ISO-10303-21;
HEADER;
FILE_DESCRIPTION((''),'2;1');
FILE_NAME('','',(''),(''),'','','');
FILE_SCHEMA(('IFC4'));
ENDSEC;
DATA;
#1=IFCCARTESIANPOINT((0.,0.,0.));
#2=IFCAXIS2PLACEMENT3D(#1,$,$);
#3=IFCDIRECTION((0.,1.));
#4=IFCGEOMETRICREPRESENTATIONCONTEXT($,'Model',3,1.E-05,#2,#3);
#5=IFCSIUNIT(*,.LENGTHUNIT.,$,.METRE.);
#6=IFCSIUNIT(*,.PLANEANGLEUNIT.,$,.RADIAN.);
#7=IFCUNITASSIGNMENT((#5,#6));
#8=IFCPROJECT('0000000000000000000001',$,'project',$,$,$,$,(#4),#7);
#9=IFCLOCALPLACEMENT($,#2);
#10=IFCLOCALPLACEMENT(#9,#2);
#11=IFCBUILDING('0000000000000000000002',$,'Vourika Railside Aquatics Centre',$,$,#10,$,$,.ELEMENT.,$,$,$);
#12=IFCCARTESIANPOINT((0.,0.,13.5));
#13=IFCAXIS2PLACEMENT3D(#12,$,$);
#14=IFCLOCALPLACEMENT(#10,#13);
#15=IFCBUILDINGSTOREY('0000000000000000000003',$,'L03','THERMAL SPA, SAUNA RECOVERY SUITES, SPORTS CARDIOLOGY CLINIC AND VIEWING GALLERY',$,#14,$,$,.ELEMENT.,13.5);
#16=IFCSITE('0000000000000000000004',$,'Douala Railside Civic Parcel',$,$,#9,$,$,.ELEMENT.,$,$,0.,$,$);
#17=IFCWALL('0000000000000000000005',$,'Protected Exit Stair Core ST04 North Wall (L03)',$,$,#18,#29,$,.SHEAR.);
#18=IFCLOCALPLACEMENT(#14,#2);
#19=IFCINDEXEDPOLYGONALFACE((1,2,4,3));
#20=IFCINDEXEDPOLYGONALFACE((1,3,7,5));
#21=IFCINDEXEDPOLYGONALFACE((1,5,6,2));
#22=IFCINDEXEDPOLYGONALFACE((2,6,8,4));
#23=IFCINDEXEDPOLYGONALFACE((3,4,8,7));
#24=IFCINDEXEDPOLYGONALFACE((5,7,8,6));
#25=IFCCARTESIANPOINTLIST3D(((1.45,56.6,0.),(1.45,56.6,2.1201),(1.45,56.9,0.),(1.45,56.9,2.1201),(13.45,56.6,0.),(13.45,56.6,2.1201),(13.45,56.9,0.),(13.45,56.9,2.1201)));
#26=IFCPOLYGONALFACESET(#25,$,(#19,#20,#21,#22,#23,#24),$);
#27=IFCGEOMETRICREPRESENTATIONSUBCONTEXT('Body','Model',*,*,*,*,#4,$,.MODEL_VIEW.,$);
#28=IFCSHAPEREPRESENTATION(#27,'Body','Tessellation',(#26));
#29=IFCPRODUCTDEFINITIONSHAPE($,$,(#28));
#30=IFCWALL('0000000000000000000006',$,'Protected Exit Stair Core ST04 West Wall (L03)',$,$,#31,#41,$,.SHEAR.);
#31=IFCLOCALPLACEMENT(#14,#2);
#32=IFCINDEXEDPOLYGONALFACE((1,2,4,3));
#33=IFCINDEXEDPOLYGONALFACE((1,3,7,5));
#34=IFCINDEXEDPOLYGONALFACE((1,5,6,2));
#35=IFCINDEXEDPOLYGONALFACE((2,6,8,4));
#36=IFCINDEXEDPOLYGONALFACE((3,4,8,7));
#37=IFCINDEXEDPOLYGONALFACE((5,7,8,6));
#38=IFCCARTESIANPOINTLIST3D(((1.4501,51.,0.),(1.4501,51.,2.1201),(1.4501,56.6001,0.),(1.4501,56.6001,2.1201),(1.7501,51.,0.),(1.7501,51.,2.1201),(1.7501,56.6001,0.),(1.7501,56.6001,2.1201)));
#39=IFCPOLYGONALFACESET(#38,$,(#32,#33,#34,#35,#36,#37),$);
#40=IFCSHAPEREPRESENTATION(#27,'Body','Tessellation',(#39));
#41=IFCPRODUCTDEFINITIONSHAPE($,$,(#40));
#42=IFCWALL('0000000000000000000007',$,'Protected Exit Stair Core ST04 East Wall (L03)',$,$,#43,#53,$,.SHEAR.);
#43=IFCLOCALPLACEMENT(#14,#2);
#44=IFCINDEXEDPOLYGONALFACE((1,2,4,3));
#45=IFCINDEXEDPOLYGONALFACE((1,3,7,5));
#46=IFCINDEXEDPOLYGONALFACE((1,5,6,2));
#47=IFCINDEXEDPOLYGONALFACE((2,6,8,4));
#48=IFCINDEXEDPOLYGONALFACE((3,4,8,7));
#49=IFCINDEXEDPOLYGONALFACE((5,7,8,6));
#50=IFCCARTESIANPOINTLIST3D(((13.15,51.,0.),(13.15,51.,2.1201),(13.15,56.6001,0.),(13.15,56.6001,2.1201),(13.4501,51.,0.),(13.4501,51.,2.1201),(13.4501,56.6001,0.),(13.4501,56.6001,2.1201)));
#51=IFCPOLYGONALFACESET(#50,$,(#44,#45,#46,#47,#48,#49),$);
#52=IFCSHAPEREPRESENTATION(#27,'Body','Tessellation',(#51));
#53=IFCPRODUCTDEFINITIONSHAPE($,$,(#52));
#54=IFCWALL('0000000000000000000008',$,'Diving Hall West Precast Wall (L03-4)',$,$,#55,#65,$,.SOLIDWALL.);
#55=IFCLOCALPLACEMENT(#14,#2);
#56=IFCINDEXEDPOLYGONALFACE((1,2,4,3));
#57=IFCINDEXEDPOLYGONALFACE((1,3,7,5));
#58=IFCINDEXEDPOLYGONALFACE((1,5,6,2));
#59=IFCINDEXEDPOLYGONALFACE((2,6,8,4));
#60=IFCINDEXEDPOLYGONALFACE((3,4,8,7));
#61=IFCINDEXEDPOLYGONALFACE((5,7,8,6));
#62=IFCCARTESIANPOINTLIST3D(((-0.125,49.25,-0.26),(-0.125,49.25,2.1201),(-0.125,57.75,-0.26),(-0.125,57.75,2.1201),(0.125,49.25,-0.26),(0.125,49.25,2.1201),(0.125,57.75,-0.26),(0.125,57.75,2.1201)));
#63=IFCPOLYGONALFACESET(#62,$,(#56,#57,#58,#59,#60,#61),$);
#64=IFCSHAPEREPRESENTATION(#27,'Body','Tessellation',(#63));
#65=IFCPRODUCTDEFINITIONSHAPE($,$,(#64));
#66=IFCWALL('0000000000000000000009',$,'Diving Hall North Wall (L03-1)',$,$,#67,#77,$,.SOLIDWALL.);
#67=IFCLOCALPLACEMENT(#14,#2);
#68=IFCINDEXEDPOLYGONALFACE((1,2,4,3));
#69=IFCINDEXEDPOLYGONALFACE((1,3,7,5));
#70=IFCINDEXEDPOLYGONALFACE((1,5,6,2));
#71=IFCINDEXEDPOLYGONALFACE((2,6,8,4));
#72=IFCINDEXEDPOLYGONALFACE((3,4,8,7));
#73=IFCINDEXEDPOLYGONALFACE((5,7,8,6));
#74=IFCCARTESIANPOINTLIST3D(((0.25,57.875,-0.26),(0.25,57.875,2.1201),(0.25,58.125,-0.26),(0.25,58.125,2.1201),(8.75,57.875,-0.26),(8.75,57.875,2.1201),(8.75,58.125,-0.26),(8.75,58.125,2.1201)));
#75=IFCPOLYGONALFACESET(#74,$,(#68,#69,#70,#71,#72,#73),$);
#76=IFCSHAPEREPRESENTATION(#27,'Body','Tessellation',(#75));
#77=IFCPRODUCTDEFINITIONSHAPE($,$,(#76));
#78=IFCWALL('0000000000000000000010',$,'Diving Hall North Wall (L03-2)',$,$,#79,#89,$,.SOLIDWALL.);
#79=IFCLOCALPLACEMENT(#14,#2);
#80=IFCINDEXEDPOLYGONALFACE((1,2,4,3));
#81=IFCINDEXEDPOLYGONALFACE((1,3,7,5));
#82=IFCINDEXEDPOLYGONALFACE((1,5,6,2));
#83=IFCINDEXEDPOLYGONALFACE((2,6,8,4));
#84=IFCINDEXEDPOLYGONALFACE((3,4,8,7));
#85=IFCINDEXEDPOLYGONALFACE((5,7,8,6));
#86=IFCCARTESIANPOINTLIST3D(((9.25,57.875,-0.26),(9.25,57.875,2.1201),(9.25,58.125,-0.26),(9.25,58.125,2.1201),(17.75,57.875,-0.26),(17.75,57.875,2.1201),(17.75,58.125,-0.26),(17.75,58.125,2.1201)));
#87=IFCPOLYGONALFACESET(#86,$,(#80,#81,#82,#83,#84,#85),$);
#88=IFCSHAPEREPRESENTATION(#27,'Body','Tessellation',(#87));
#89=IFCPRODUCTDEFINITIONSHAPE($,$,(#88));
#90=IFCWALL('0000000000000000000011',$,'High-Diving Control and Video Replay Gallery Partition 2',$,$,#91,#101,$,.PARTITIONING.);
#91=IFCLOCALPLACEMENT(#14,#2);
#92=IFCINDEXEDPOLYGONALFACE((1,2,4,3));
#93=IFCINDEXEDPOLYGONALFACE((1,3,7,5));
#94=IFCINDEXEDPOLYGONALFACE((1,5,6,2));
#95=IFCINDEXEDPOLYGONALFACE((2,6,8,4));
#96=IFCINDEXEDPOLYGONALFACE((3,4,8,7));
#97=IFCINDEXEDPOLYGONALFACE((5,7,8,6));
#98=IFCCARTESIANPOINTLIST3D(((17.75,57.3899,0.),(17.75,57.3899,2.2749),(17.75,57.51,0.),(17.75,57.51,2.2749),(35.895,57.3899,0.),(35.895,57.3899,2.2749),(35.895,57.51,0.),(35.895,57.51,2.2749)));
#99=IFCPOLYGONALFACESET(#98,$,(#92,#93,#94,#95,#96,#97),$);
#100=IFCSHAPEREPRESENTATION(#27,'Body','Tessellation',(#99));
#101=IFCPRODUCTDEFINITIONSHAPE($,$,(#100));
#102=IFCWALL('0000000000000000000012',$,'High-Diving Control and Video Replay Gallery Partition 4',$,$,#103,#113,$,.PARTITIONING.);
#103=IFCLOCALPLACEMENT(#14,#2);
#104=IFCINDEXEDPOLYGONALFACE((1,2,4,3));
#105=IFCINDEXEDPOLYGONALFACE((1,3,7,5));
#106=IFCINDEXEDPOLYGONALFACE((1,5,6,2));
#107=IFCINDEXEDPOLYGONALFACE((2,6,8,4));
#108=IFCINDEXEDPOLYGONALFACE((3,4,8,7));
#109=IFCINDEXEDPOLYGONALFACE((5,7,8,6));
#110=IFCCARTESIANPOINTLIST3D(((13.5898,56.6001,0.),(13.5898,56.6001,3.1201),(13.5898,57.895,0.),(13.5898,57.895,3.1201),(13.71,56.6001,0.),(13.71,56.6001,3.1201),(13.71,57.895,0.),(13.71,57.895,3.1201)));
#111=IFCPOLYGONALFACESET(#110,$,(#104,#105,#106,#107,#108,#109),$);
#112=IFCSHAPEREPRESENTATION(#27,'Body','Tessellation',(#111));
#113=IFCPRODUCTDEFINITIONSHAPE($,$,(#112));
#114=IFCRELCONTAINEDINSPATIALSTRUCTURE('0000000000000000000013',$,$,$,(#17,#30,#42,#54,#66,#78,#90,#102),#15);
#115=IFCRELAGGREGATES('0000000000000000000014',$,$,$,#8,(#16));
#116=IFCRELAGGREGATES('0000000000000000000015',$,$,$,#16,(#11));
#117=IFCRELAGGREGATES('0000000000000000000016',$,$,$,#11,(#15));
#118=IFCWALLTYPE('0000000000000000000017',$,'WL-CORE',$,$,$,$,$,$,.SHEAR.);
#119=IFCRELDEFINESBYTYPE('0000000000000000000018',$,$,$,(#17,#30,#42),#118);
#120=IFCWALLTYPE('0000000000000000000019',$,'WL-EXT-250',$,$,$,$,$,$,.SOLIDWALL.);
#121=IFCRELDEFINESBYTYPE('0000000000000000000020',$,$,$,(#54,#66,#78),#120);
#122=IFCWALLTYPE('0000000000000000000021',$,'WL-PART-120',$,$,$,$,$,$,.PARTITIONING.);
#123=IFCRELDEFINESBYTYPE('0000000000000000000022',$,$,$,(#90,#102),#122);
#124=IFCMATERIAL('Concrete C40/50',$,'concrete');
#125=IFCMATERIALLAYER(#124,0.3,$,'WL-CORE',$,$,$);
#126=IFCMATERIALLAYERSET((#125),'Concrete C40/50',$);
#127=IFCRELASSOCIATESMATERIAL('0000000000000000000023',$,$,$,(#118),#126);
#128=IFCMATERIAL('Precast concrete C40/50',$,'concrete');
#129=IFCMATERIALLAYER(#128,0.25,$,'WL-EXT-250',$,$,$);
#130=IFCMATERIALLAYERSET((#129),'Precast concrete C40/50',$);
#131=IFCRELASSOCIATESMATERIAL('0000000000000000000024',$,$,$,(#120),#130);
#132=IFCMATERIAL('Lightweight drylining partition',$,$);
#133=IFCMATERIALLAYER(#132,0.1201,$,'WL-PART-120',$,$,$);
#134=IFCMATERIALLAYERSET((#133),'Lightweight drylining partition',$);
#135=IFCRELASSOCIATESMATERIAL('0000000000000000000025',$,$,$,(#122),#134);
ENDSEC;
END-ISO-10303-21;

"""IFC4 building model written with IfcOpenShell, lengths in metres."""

from ifc_helpers import new_model, si_unit, direction, frame, frame_2d, origin, place, context, subcontext, project, spatial, rectangle, extrude, material, layer, layer_set, type_object, element, save


model = new_model("IFC4")

# Units and contexts
model_context = context("Model", 3, precision=1e-05, world=origin(), true_north=direction((0.0, 1.0)))
body_context = subcontext(model_context, "Body", "Model", "MODEL_VIEW")
ifc_project = project(units=[si_unit("LENGTHUNIT", "METRE"), si_unit("PLANEANGLEUNIT", "RADIAN")], contexts=[model_context])

# Site, building, storey
site_placement = place(None, origin())
site = spatial("IfcSite", under=ifc_project, at=site_placement, Name="Douala Railside Civic Parcel", CompositionType="ELEMENT", RefElevation=0.0)
building_placement = place(site_placement, origin())
building = spatial("IfcBuilding", under=site, at=building_placement, Name="Vourika Railside Aquatics Centre", CompositionType="ELEMENT")
storey_placement = place(building_placement, frame((0.0, 0.0, 13.5)))
storey = spatial("IfcBuildingStorey", under=building, at=storey_placement, Name="L03", Description="THERMAL SPA, SAUNA RECOVERY SUITES, SPORTS CARDIOLOGY CLINIC AND VIEWING GALLERY", CompositionType="ELEMENT", Elevation=13.5)

# Walls
ifc_material_1 = material(Name="Concrete C40/50", Category="concrete")
ifc_layer_1 = layer(ifc_material_1, 0.3, Name="WL-CORE")
ifc_layer_set_1 = layer_set([ifc_layer_1], Name="Concrete C40/50")
wall_type_1 = type_object("IfcWallType", Name="WL-CORE", PredefinedType="SHEAR", material=ifc_layer_set_1)
wall_1_placement = place(storey_placement, frame((13.45, 56.75, 0.0), z_axis=(0.0, 0.0, 1.0), x_axis=(-1.0, 0.0, 0.0)))
element("IfcWall", 1, at=wall_1_placement, inside=storey, type_object=wall_type_1, Name="Protected Exit Stair Core ST04 North Wall (L03)", PredefinedType="SHEAR", context=body_context, shape_type="SweptSolid", body=[
    extrude(rectangle(XDim=12.0, YDim=0.3, at=frame_2d((6.0, 0.0))), origin(), (0.0, 0.0, 1.0), 2.1201),
])
for number, where, z_axis, x_axis, name in (
    (2, (1.6001, 56.6001, 0.0), (0.0, 0.0, 1.0), (0.0, -1.0, 0.0), "Protected Exit Stair Core ST04 West Wall (L03)"),
    (3, (13.3, 51.0, 0.0), (0.0, 0.0, 1.0), (0.0, 1.0, 0.0), "Protected Exit Stair Core ST04 East Wall (L03)"),
):
    element("IfcWall", number, at=place(storey_placement, frame(where, z_axis=z_axis, x_axis=x_axis)), inside=storey, type_object=wall_type_1, Name=name, PredefinedType="SHEAR", context=body_context, shape_type="SweptSolid", body=[
        extrude(rectangle(XDim=5.6001, YDim=0.3, at=frame_2d((2.8, 0.0))), origin(), (0.0, 0.0, 1.0), 2.1201),
    ])
ifc_material_2 = material(Name="Precast concrete C40/50", Category="concrete")
ifc_layer_2 = layer(ifc_material_2, 0.25, Name="WL-EXT-250")
ifc_layer_set_2 = layer_set([ifc_layer_2], Name="Precast concrete C40/50")
wall_type_2 = type_object("IfcWallType", Name="WL-EXT-250", PredefinedType="SOLIDWALL", material=ifc_layer_set_2)
for number, where, z_axis, x_axis, name in (
    (4, (0.0, 57.75, -0.26), (0.0, 0.0, 1.0), (0.0, -1.0, 0.0), "Diving Hall West Precast Wall (L03-4)"),
    (5, (8.75, 58.0, -0.26), (0.0, 0.0, 1.0), (-1.0, 0.0, 0.0), "Diving Hall North Wall (L03-1)"),
    (6, (17.75, 58.0, -0.26), (0.0, 0.0, 1.0), (-1.0, 0.0, 0.0), "Diving Hall North Wall (L03-2)"),
):
    element("IfcWall", number, at=place(storey_placement, frame(where, z_axis=z_axis, x_axis=x_axis)), inside=storey, type_object=wall_type_2, Name=name, PredefinedType="SOLIDWALL", context=body_context, shape_type="SweptSolid", body=[
        extrude(rectangle(XDim=8.5, YDim=0.25, at=frame_2d((4.25, 0.0))), origin(), (0.0, 0.0, 1.0), 2.3801),
    ])
ifc_material_3 = material(Name="Lightweight drylining partition")
ifc_layer_3 = layer(ifc_material_3, 0.1201, Name="WL-PART-120")
ifc_layer_set_3 = layer_set([ifc_layer_3], Name="Lightweight drylining partition")
wall_type_3 = type_object("IfcWallType", Name="WL-PART-120", PredefinedType="PARTITIONING", material=ifc_layer_set_3)
wall_2_placement = place(storey_placement, frame((17.75, 57.45, 0.0), z_axis=(0.0, 0.0, 1.0), x_axis=(1.0, 0.0, 0.0)))
element("IfcWall", 7, at=wall_2_placement, inside=storey, type_object=wall_type_3, Name="High-Diving Control and Video Replay Gallery Partition 2", PredefinedType="PARTITIONING", context=body_context, shape_type="SweptSolid", body=[
    extrude(rectangle(XDim=18.145, YDim=0.1201, at=frame_2d((9.0725, 0.0))), origin(), (0.0, 0.0, 1.0), 2.2749),
])
wall_3_placement = place(storey_placement, frame((13.6499, 56.6001, 0.0), z_axis=(0.0, 0.0, 1.0), x_axis=(0.0, 1.0, 0.0)))
element("IfcWall", 8, at=wall_3_placement, inside=storey, type_object=wall_type_3, Name="High-Diving Control and Video Replay Gallery Partition 4", PredefinedType="PARTITIONING", context=body_context, shape_type="SweptSolid", body=[
    extrude(rectangle(XDim=1.2949, YDim=0.1201, at=frame_2d((0.6475, 0.0))), origin(), (0.0, 0.0, 1.0), 3.1201),
])

save(model, "model.ifc")
